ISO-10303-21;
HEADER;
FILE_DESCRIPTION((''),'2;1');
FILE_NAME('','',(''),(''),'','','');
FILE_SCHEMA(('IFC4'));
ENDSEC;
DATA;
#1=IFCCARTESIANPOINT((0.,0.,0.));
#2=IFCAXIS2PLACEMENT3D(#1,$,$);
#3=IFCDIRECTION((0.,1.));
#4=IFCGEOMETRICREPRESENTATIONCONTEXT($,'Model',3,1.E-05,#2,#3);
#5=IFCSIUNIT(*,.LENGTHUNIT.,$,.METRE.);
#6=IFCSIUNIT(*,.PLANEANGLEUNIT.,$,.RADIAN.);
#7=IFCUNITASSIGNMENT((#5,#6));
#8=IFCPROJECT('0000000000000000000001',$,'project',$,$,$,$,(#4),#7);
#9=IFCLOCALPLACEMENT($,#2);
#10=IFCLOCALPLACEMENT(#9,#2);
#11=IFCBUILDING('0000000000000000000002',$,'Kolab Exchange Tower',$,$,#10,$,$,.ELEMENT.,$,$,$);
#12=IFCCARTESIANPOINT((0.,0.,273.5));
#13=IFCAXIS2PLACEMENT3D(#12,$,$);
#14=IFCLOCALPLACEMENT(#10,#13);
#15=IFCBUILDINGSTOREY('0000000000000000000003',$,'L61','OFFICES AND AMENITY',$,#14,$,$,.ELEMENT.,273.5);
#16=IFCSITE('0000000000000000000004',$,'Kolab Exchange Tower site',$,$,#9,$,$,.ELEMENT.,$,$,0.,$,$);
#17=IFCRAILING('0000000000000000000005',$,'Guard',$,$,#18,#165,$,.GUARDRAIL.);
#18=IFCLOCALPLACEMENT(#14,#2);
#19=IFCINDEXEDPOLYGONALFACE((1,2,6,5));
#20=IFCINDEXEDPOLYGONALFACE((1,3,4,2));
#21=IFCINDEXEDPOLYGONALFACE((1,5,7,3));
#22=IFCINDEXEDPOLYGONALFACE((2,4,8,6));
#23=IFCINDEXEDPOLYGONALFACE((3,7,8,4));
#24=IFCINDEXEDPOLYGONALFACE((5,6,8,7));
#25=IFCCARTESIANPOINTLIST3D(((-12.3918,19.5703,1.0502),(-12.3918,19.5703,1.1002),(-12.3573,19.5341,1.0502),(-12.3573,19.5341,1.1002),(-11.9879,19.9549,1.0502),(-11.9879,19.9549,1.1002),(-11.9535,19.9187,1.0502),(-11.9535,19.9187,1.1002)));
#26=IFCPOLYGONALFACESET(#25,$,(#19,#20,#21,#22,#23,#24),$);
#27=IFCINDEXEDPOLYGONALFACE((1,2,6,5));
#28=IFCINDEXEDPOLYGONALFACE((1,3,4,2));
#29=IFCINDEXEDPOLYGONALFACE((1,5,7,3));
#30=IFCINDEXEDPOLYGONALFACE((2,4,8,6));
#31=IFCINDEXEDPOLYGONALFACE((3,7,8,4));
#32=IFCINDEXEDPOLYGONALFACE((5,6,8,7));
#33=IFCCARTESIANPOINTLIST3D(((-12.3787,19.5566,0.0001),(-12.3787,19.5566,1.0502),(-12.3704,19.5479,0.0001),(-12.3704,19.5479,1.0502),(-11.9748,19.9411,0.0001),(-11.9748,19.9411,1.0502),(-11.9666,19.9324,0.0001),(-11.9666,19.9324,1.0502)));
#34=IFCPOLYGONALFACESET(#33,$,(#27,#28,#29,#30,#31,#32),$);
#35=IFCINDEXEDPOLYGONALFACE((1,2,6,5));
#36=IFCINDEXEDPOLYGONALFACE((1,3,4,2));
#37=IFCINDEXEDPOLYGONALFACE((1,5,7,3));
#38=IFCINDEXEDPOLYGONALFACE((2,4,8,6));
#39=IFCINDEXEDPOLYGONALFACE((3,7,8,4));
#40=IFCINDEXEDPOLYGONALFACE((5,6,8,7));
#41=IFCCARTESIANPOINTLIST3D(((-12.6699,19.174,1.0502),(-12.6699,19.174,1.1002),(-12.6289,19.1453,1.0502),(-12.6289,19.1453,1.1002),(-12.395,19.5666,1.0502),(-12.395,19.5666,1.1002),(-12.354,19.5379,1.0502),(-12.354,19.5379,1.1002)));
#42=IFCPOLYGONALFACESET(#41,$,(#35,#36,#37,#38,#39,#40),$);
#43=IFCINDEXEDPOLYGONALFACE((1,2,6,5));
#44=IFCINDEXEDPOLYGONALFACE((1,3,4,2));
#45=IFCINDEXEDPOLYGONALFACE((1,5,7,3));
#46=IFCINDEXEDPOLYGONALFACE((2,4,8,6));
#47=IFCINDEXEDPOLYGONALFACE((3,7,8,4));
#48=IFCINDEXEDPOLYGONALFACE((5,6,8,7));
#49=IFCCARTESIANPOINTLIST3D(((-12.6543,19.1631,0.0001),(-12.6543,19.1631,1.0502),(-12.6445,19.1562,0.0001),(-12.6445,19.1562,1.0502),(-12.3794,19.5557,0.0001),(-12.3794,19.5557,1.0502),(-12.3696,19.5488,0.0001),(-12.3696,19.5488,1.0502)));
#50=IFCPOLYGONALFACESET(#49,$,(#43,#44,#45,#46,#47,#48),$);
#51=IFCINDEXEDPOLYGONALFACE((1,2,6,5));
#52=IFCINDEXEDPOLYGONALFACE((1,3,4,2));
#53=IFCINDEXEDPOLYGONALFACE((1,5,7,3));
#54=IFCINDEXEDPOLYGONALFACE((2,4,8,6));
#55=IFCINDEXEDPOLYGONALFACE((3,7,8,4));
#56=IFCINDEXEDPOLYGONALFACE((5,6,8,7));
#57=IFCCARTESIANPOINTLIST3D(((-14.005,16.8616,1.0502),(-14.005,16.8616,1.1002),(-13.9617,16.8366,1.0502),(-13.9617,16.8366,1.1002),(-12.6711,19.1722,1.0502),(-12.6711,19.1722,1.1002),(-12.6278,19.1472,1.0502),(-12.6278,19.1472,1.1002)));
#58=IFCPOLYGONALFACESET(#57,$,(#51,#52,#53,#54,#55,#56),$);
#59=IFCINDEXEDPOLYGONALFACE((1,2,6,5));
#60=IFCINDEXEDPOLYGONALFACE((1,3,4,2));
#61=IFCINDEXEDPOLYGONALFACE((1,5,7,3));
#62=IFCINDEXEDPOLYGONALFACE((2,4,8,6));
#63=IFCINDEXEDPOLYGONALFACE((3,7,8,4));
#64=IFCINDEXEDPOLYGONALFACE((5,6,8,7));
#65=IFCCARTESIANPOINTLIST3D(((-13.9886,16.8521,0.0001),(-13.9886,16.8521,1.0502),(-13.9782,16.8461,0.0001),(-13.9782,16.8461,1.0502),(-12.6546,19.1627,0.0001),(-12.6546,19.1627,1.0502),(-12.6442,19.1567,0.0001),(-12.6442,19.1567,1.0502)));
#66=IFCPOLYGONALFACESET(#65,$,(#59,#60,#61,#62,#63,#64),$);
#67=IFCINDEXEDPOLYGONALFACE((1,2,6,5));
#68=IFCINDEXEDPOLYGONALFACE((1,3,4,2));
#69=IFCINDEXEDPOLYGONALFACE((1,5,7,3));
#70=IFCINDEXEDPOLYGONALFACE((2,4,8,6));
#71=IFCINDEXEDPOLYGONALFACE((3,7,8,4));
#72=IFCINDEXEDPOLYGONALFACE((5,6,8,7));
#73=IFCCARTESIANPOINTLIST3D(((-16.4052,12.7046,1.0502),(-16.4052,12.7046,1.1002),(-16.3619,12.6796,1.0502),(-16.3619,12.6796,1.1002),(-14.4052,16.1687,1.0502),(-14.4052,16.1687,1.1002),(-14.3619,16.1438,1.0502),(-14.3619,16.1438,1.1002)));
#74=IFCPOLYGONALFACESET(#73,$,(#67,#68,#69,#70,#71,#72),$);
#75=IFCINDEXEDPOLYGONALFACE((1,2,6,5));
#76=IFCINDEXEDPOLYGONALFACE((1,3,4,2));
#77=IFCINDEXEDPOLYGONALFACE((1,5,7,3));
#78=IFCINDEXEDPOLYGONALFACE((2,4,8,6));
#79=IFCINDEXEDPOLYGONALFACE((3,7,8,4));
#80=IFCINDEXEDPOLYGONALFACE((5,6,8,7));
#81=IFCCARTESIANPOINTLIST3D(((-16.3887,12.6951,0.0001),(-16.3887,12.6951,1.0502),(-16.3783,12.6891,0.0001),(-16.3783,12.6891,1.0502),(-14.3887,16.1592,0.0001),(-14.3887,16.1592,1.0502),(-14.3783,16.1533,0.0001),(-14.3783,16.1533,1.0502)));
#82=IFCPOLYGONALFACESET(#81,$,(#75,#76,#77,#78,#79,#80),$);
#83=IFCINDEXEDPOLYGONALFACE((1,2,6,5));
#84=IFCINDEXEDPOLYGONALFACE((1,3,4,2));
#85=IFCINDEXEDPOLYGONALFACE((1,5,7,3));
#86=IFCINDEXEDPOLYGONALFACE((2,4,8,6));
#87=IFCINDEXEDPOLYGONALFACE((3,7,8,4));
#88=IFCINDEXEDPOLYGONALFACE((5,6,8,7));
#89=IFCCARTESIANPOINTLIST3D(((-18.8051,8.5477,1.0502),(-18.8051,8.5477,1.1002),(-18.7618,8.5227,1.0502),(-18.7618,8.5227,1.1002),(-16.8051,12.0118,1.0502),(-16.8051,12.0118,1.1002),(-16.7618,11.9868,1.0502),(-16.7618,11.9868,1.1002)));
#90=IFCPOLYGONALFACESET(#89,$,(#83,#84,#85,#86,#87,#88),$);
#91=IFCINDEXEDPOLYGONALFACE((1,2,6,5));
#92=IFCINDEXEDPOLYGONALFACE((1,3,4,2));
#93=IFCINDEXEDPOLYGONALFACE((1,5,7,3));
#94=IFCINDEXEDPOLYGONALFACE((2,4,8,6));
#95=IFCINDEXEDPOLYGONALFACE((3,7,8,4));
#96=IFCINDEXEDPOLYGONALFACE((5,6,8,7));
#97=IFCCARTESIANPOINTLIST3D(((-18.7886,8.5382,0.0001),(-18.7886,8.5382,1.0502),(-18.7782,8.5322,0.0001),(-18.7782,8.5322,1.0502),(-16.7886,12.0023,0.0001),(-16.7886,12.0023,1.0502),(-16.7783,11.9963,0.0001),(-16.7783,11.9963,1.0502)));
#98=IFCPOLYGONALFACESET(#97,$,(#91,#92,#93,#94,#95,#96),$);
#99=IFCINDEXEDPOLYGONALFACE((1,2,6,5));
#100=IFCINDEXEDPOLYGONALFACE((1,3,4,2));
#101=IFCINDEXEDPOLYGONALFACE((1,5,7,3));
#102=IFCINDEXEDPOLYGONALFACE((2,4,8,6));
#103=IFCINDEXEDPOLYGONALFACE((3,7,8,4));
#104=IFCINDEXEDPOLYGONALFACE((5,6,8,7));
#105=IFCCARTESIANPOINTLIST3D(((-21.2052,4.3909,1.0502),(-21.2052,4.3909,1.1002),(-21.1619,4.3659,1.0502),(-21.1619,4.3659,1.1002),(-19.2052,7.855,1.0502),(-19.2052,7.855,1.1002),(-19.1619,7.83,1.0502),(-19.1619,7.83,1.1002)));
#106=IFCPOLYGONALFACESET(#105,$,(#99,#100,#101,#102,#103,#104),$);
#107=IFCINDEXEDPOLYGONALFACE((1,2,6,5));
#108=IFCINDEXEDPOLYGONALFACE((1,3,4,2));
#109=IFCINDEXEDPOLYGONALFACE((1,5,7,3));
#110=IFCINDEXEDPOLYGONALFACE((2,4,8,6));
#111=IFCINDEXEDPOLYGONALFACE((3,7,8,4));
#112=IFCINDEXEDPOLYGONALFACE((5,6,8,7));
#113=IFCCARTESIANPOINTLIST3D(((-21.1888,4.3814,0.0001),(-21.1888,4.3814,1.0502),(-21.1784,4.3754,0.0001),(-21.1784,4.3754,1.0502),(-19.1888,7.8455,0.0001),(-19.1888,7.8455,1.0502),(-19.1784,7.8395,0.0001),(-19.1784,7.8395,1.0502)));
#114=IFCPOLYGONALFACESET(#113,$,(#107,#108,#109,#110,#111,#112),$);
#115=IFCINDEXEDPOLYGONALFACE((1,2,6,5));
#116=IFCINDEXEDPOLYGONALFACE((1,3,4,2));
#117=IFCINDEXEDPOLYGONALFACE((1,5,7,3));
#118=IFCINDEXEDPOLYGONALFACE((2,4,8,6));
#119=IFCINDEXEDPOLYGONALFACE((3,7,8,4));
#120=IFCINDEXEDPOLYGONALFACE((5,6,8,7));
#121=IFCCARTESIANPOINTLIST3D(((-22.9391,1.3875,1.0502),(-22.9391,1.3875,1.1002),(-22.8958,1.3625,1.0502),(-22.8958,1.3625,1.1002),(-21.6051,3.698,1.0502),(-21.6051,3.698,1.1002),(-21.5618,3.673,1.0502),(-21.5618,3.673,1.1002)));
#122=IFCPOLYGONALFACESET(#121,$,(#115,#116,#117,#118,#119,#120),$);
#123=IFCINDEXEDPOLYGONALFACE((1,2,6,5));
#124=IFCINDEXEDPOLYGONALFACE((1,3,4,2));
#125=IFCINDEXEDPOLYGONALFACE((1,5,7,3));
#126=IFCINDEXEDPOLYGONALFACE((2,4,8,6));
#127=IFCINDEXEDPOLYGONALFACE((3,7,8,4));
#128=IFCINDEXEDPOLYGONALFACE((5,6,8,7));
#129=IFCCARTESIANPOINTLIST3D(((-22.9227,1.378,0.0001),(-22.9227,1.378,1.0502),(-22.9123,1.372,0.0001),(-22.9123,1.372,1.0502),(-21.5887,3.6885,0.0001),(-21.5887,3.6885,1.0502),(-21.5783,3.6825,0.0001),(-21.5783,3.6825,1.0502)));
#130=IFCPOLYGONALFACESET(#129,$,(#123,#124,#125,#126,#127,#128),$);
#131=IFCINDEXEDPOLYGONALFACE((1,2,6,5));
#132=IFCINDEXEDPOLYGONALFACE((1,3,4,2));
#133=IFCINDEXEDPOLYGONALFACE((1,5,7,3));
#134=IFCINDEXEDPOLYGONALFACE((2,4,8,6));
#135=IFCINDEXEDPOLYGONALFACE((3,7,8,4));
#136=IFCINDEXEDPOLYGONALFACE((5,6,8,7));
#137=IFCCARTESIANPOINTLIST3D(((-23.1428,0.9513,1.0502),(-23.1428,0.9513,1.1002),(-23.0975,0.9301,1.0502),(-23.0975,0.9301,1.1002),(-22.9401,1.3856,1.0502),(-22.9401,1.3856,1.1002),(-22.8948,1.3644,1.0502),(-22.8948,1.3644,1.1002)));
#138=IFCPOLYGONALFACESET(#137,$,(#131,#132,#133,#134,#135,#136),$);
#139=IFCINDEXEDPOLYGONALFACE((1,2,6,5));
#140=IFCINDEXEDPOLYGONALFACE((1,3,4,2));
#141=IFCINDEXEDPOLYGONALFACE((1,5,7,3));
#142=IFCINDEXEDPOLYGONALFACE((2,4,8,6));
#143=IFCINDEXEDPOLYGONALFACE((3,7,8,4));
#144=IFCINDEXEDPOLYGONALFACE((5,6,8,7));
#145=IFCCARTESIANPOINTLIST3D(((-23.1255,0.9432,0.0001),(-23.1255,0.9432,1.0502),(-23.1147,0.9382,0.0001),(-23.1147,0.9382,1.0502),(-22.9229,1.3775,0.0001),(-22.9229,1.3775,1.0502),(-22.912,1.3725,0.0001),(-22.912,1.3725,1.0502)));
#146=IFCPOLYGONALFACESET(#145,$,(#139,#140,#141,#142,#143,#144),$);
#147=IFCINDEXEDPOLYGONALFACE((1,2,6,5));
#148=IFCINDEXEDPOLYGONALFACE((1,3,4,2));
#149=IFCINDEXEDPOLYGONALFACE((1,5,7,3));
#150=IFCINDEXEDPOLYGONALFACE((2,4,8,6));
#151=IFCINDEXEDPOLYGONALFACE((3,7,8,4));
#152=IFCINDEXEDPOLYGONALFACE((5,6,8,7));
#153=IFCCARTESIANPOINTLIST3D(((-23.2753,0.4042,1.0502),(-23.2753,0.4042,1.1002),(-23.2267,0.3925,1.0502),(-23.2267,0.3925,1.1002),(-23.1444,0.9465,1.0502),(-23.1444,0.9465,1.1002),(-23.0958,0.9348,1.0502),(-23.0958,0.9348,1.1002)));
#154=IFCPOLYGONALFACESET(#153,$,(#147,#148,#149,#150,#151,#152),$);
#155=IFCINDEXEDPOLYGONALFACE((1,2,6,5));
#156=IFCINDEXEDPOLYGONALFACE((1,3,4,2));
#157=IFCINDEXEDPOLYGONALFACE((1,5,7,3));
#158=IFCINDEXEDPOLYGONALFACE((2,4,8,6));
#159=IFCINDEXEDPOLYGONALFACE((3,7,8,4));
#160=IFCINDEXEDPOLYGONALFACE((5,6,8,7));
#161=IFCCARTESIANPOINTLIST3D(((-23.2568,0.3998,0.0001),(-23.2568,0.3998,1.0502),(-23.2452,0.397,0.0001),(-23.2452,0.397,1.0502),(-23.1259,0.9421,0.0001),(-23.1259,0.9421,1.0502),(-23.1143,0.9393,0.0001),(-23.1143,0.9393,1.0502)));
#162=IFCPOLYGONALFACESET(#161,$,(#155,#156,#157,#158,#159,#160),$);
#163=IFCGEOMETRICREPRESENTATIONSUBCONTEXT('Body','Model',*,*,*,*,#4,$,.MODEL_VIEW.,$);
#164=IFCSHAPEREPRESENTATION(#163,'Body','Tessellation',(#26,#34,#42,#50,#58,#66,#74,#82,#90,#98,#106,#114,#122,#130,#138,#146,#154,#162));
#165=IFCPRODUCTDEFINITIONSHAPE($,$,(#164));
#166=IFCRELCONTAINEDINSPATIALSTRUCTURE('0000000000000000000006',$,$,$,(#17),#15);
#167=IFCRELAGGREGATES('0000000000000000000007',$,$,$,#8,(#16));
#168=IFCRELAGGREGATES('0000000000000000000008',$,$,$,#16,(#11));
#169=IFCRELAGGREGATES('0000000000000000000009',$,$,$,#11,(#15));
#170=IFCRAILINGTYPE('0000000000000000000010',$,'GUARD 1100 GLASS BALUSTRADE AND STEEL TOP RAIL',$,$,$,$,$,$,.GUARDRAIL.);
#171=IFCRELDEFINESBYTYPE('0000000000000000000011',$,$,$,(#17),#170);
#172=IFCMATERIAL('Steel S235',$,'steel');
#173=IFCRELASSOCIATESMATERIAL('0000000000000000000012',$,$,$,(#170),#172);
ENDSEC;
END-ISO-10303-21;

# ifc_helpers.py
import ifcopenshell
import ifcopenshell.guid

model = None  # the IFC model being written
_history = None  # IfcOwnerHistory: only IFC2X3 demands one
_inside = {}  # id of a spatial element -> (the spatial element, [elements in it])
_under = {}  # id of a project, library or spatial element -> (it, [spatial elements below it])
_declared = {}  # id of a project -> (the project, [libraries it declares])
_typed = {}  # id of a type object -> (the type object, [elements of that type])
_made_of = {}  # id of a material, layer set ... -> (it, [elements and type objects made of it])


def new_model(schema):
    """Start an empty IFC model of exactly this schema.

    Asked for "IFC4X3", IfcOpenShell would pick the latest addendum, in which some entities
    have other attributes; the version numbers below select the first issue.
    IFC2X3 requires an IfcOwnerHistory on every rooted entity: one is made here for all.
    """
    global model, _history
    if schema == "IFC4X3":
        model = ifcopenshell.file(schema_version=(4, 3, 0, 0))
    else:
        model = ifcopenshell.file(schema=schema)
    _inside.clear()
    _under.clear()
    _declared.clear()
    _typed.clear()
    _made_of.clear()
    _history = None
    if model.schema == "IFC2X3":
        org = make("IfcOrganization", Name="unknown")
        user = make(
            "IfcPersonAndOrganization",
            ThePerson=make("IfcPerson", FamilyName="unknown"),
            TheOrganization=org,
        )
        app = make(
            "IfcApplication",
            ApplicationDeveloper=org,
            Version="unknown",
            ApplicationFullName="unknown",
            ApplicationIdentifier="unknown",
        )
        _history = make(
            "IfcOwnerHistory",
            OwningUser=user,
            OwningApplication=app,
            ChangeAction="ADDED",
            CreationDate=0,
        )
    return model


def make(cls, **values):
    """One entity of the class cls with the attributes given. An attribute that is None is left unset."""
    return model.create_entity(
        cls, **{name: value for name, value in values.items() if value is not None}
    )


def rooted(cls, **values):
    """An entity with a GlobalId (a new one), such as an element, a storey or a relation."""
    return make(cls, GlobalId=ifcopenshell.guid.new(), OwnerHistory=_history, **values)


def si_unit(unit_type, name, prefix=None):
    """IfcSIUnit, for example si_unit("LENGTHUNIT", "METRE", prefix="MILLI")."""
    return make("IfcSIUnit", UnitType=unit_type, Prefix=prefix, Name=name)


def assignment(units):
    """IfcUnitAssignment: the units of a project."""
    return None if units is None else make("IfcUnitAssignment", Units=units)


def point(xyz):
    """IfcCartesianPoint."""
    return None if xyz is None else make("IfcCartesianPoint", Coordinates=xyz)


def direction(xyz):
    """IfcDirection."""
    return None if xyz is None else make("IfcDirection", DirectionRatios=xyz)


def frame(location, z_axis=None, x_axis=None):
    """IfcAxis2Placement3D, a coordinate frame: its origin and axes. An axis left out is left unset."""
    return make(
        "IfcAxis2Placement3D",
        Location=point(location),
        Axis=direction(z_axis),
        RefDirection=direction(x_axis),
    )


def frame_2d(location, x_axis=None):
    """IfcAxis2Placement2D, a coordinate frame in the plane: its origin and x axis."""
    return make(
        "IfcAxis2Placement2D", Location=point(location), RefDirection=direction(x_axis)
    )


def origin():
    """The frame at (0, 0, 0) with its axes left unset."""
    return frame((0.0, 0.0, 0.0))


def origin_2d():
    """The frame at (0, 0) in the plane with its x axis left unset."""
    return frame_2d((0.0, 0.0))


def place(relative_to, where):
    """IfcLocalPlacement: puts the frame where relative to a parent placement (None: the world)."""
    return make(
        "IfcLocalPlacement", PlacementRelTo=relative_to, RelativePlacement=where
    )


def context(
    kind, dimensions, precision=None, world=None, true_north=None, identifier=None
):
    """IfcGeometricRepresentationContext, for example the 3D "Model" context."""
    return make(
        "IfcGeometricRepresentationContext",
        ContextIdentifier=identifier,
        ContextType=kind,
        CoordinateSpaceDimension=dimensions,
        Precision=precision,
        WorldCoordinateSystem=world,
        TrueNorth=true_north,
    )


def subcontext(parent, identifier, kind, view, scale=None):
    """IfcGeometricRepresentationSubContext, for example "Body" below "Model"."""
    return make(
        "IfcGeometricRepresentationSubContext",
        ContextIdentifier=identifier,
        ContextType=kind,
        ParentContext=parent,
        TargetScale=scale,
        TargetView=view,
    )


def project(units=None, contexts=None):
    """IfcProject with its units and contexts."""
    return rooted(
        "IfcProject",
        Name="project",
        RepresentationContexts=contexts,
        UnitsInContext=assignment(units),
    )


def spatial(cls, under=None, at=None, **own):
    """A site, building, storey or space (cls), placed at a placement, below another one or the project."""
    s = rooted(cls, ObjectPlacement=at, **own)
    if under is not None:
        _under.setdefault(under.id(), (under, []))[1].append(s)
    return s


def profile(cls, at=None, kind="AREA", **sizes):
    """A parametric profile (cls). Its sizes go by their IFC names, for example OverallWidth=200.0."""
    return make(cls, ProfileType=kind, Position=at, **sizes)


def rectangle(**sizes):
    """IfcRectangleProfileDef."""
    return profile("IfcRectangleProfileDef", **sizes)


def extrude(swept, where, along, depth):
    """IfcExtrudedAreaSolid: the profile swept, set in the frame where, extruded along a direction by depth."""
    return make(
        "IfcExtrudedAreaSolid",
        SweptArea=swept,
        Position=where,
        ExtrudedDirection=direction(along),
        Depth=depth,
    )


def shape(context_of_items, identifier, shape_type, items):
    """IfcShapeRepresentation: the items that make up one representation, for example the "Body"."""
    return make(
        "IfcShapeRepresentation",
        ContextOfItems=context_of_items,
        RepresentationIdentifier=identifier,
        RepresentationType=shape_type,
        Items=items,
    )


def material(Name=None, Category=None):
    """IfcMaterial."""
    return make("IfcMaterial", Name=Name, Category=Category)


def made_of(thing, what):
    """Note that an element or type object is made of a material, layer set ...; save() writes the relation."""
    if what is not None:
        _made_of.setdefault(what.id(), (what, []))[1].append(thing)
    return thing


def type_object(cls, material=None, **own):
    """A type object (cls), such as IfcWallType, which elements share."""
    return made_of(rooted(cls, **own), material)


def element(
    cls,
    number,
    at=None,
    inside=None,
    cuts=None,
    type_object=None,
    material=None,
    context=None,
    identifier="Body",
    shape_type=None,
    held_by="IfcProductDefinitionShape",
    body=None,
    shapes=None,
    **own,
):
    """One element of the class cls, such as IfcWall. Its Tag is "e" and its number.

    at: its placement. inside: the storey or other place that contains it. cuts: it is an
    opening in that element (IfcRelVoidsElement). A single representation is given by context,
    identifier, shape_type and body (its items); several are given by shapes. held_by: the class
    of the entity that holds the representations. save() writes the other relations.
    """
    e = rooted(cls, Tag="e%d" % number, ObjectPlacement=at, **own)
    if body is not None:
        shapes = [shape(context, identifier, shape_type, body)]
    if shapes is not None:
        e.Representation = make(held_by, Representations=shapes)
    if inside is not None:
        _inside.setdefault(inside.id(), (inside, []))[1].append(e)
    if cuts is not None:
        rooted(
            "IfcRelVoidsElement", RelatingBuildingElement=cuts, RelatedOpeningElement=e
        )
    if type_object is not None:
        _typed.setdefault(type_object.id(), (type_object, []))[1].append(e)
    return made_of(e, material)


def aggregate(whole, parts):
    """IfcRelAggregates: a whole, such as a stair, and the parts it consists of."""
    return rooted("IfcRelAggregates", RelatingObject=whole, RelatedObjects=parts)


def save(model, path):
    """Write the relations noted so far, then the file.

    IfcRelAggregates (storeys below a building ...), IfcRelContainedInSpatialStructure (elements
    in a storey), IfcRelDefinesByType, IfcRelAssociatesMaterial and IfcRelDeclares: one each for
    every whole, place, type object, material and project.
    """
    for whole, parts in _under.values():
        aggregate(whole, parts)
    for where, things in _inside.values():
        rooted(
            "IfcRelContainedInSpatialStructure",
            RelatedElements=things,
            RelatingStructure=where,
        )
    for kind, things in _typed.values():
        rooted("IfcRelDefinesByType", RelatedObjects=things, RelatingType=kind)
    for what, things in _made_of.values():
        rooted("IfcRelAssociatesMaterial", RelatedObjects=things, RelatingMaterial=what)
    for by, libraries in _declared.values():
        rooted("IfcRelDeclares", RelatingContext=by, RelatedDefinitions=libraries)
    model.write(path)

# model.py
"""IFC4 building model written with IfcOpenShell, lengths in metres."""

from ifc_helpers import new_model, si_unit, direction, frame, frame_2d, origin, origin_2d, place, context, subcontext, project, spatial, rectangle, extrude, material, type_object, element, save


model = new_model("IFC4")

# Units and contexts
model_context = context("Model", 3, precision=1e-05, world=origin(), true_north=direction((0.0, 1.0)))
body_context = subcontext(model_context, "Body", "Model", "MODEL_VIEW")
ifc_project = project(units=[si_unit("LENGTHUNIT", "METRE"), si_unit("PLANEANGLEUNIT", "RADIAN")], contexts=[model_context])

# Site, building, storey
site_placement = place(None, origin())
site = spatial("IfcSite", under=ifc_project, at=site_placement, Name="Kolab Exchange Tower site", CompositionType="ELEMENT", RefElevation=0.0)
building_placement = place(site_placement, origin())
building = spatial("IfcBuilding", under=site, at=building_placement, Name="Kolab Exchange Tower", CompositionType="ELEMENT")
storey_placement = place(building_placement, frame((0.0, 0.0, 273.5)))
storey = spatial("IfcBuildingStorey", under=building, at=storey_placement, Name="L61", Description="OFFICES AND AMENITY", CompositionType="ELEMENT", Elevation=273.5)

# Shared definitions
ifc_material_1 = material(Name="Steel S235", Category="steel")

# Railing
railing_type = type_object("IfcRailingType", Name="GUARD 1100 GLASS BALUSTRADE AND STEEL TOP RAIL", PredefinedType="GUARDRAIL", material=ifc_material_1)
railing_placement = place(storey_placement, frame((-11.9707, 19.9368, 0.0)))
element("IfcRailing", 1, at=railing_placement, inside=storey, type_object=railing_type, Name="Guard", PredefinedType="GUARDRAIL", context=body_context, shape_type="SweptSolid", body=[
    extrude(rectangle(XDim=0.05, YDim=0.05, at=origin_2d()), frame((0.0, 0.0, 1.0752), z_axis=(-0.72419, -0.689601, 0.0), x_axis=(0.689601, -0.72419, 0.0)), (0.0, 0.0, 1.0), 0.5576),
    extrude(rectangle(XDim=0.012, YDim=1.0501, at=frame_2d((0.0, 0.5251))), frame((0.0, 0.0, 0.0), z_axis=(-0.72419, -0.689601, 0.0), x_axis=(0.689601, -0.72419, 0.0)), (0.0, 0.0, 1.0), 0.5576),
    extrude(rectangle(XDim=0.05, YDim=0.05, at=origin_2d()), frame((-0.4038, -0.3845, 1.0752), z_axis=(-0.573599, -0.819136, 0.0), x_axis=(0.819136, -0.573599, 0.0)), (0.0, 0.0, 1.0), 0.4792),
    extrude(rectangle(XDim=0.012, YDim=1.0501, at=frame_2d((0.0, 0.5251))), frame((-0.4038, -0.3845, 0.0), z_axis=(-0.573599, -0.819136, 0.0), x_axis=(0.819136, -0.573599, 0.0)), (0.0, 0.0, 1.0), 0.4792),
    extrude(rectangle(XDim=0.05, YDim=0.05, at=origin_2d()), frame((-0.6787, -0.7771, 1.0752), z_axis=(-0.499997, -0.866027, 0.0), x_axis=(0.866027, -0.499997, 0.0)), (0.0, 0.0, 1.0), 2.668),
    extrude(rectangle(XDim=0.012, YDim=1.0501, at=frame_2d((0.0, 0.5251))), frame((-0.6787, -0.7771, 0.0), z_axis=(-0.499997, -0.866027, 0.0), x_axis=(0.866027, -0.499997, 0.0)), (0.0, 0.0, 1.0), 2.668),
    extrude(rectangle(XDim=0.05, YDim=0.05, at=origin_2d()), frame((-2.4128, -3.7805, 1.0752), z_axis=(-0.499999, -0.866026, 0.0), x_axis=(0.866026, -0.499999, 0.0)), (0.0, 0.0, 1.0), 4.0),
    extrude(rectangle(XDim=0.012, YDim=1.0501, at=frame_2d((0.0, 0.5251))), frame((-2.4128, -3.7805, 0.0), z_axis=(-0.499999, -0.866026, 0.0), x_axis=(0.866026, -0.499999, 0.0)), (0.0, 0.0, 1.0), 4.0),
    extrude(rectangle(XDim=0.05, YDim=0.05, at=origin_2d()), frame((-4.8127, -7.9375, 1.0752), z_axis=(-0.499999, -0.866026, 0.0), x_axis=(0.866026, -0.499999, 0.0)), (0.0, 0.0, 1.0), 4.0),
    extrude(rectangle(XDim=0.012, YDim=1.0501, at=frame_2d((0.0, 0.5251))), frame((-4.8127, -7.9375, 0.0), z_axis=(-0.499999, -0.866026, 0.0), x_axis=(0.866026, -0.499999, 0.0)), (0.0, 0.0, 1.0), 4.0),
    extrude(rectangle(XDim=0.05, YDim=0.05, at=origin_2d()), frame((-7.2129, -12.0942, 1.0752), z_axis=(-0.499999, -0.866026, 0.0), x_axis=(0.866026, -0.499999, 0.0)), (0.0, 0.0, 1.0), 4.0),
    extrude(rectangle(XDim=0.012, YDim=1.0501, at=frame_2d((0.0, 0.5251))), frame((-7.2129, -12.0942, 0.0), z_axis=(-0.499999, -0.866026, 0.0), x_axis=(0.866026, -0.499999, 0.0)), (0.0, 0.0, 1.0), 4.0),
    extrude(rectangle(XDim=0.05, YDim=0.05, at=origin_2d()), frame((-9.6128, -16.2512, 1.0752), z_axis=(-0.499997, -0.866027, 0.0), x_axis=(0.866027, -0.499997, 0.0)), (0.0, 0.0, 1.0), 2.668),
    extrude(rectangle(XDim=0.012, YDim=1.0501, at=frame_2d((0.0, 0.5251))), frame((-9.6128, -16.2512, 0.0), z_axis=(-0.499997, -0.866027, 0.0), x_axis=(0.866027, -0.499997, 0.0)), (0.0, 0.0, 1.0), 2.668),
    extrude(rectangle(XDim=0.05, YDim=0.05, at=origin_2d()), frame((-10.9468, -18.5618, 1.0752), z_axis=(-0.422802, -0.906222, 0.0), x_axis=(0.906222, -0.422802, 0.0)), (0.0, 0.0, 1.0), 0.4792),
    extrude(rectangle(XDim=0.012, YDim=1.0501, at=frame_2d((0.0, 0.5251))), frame((-10.9468, -18.5618, 0.0), z_axis=(-0.422802, -0.906222, 0.0), x_axis=(0.906222, -0.422802, 0.0)), (0.0, 0.0, 1.0), 0.4792),
    extrude(rectangle(XDim=0.05, YDim=0.05, at=origin_2d()), frame((-11.1494, -18.9961, 1.0752), z_axis=(-0.234598, -0.972093, 0.0), x_axis=(0.972093, -0.234598, 0.0)), (0.0, 0.0, 1.0), 0.5579),
    extrude(rectangle(XDim=0.012, YDim=1.0501, at=frame_2d((0.0, 0.5251))), frame((-11.1494, -18.9961, 0.0), z_axis=(-0.234598, -0.972093, 0.0), x_axis=(0.972093, -0.234598, 0.0)), (0.0, 0.0, 1.0), 0.5579),
])

save(model, "model.ifc")
